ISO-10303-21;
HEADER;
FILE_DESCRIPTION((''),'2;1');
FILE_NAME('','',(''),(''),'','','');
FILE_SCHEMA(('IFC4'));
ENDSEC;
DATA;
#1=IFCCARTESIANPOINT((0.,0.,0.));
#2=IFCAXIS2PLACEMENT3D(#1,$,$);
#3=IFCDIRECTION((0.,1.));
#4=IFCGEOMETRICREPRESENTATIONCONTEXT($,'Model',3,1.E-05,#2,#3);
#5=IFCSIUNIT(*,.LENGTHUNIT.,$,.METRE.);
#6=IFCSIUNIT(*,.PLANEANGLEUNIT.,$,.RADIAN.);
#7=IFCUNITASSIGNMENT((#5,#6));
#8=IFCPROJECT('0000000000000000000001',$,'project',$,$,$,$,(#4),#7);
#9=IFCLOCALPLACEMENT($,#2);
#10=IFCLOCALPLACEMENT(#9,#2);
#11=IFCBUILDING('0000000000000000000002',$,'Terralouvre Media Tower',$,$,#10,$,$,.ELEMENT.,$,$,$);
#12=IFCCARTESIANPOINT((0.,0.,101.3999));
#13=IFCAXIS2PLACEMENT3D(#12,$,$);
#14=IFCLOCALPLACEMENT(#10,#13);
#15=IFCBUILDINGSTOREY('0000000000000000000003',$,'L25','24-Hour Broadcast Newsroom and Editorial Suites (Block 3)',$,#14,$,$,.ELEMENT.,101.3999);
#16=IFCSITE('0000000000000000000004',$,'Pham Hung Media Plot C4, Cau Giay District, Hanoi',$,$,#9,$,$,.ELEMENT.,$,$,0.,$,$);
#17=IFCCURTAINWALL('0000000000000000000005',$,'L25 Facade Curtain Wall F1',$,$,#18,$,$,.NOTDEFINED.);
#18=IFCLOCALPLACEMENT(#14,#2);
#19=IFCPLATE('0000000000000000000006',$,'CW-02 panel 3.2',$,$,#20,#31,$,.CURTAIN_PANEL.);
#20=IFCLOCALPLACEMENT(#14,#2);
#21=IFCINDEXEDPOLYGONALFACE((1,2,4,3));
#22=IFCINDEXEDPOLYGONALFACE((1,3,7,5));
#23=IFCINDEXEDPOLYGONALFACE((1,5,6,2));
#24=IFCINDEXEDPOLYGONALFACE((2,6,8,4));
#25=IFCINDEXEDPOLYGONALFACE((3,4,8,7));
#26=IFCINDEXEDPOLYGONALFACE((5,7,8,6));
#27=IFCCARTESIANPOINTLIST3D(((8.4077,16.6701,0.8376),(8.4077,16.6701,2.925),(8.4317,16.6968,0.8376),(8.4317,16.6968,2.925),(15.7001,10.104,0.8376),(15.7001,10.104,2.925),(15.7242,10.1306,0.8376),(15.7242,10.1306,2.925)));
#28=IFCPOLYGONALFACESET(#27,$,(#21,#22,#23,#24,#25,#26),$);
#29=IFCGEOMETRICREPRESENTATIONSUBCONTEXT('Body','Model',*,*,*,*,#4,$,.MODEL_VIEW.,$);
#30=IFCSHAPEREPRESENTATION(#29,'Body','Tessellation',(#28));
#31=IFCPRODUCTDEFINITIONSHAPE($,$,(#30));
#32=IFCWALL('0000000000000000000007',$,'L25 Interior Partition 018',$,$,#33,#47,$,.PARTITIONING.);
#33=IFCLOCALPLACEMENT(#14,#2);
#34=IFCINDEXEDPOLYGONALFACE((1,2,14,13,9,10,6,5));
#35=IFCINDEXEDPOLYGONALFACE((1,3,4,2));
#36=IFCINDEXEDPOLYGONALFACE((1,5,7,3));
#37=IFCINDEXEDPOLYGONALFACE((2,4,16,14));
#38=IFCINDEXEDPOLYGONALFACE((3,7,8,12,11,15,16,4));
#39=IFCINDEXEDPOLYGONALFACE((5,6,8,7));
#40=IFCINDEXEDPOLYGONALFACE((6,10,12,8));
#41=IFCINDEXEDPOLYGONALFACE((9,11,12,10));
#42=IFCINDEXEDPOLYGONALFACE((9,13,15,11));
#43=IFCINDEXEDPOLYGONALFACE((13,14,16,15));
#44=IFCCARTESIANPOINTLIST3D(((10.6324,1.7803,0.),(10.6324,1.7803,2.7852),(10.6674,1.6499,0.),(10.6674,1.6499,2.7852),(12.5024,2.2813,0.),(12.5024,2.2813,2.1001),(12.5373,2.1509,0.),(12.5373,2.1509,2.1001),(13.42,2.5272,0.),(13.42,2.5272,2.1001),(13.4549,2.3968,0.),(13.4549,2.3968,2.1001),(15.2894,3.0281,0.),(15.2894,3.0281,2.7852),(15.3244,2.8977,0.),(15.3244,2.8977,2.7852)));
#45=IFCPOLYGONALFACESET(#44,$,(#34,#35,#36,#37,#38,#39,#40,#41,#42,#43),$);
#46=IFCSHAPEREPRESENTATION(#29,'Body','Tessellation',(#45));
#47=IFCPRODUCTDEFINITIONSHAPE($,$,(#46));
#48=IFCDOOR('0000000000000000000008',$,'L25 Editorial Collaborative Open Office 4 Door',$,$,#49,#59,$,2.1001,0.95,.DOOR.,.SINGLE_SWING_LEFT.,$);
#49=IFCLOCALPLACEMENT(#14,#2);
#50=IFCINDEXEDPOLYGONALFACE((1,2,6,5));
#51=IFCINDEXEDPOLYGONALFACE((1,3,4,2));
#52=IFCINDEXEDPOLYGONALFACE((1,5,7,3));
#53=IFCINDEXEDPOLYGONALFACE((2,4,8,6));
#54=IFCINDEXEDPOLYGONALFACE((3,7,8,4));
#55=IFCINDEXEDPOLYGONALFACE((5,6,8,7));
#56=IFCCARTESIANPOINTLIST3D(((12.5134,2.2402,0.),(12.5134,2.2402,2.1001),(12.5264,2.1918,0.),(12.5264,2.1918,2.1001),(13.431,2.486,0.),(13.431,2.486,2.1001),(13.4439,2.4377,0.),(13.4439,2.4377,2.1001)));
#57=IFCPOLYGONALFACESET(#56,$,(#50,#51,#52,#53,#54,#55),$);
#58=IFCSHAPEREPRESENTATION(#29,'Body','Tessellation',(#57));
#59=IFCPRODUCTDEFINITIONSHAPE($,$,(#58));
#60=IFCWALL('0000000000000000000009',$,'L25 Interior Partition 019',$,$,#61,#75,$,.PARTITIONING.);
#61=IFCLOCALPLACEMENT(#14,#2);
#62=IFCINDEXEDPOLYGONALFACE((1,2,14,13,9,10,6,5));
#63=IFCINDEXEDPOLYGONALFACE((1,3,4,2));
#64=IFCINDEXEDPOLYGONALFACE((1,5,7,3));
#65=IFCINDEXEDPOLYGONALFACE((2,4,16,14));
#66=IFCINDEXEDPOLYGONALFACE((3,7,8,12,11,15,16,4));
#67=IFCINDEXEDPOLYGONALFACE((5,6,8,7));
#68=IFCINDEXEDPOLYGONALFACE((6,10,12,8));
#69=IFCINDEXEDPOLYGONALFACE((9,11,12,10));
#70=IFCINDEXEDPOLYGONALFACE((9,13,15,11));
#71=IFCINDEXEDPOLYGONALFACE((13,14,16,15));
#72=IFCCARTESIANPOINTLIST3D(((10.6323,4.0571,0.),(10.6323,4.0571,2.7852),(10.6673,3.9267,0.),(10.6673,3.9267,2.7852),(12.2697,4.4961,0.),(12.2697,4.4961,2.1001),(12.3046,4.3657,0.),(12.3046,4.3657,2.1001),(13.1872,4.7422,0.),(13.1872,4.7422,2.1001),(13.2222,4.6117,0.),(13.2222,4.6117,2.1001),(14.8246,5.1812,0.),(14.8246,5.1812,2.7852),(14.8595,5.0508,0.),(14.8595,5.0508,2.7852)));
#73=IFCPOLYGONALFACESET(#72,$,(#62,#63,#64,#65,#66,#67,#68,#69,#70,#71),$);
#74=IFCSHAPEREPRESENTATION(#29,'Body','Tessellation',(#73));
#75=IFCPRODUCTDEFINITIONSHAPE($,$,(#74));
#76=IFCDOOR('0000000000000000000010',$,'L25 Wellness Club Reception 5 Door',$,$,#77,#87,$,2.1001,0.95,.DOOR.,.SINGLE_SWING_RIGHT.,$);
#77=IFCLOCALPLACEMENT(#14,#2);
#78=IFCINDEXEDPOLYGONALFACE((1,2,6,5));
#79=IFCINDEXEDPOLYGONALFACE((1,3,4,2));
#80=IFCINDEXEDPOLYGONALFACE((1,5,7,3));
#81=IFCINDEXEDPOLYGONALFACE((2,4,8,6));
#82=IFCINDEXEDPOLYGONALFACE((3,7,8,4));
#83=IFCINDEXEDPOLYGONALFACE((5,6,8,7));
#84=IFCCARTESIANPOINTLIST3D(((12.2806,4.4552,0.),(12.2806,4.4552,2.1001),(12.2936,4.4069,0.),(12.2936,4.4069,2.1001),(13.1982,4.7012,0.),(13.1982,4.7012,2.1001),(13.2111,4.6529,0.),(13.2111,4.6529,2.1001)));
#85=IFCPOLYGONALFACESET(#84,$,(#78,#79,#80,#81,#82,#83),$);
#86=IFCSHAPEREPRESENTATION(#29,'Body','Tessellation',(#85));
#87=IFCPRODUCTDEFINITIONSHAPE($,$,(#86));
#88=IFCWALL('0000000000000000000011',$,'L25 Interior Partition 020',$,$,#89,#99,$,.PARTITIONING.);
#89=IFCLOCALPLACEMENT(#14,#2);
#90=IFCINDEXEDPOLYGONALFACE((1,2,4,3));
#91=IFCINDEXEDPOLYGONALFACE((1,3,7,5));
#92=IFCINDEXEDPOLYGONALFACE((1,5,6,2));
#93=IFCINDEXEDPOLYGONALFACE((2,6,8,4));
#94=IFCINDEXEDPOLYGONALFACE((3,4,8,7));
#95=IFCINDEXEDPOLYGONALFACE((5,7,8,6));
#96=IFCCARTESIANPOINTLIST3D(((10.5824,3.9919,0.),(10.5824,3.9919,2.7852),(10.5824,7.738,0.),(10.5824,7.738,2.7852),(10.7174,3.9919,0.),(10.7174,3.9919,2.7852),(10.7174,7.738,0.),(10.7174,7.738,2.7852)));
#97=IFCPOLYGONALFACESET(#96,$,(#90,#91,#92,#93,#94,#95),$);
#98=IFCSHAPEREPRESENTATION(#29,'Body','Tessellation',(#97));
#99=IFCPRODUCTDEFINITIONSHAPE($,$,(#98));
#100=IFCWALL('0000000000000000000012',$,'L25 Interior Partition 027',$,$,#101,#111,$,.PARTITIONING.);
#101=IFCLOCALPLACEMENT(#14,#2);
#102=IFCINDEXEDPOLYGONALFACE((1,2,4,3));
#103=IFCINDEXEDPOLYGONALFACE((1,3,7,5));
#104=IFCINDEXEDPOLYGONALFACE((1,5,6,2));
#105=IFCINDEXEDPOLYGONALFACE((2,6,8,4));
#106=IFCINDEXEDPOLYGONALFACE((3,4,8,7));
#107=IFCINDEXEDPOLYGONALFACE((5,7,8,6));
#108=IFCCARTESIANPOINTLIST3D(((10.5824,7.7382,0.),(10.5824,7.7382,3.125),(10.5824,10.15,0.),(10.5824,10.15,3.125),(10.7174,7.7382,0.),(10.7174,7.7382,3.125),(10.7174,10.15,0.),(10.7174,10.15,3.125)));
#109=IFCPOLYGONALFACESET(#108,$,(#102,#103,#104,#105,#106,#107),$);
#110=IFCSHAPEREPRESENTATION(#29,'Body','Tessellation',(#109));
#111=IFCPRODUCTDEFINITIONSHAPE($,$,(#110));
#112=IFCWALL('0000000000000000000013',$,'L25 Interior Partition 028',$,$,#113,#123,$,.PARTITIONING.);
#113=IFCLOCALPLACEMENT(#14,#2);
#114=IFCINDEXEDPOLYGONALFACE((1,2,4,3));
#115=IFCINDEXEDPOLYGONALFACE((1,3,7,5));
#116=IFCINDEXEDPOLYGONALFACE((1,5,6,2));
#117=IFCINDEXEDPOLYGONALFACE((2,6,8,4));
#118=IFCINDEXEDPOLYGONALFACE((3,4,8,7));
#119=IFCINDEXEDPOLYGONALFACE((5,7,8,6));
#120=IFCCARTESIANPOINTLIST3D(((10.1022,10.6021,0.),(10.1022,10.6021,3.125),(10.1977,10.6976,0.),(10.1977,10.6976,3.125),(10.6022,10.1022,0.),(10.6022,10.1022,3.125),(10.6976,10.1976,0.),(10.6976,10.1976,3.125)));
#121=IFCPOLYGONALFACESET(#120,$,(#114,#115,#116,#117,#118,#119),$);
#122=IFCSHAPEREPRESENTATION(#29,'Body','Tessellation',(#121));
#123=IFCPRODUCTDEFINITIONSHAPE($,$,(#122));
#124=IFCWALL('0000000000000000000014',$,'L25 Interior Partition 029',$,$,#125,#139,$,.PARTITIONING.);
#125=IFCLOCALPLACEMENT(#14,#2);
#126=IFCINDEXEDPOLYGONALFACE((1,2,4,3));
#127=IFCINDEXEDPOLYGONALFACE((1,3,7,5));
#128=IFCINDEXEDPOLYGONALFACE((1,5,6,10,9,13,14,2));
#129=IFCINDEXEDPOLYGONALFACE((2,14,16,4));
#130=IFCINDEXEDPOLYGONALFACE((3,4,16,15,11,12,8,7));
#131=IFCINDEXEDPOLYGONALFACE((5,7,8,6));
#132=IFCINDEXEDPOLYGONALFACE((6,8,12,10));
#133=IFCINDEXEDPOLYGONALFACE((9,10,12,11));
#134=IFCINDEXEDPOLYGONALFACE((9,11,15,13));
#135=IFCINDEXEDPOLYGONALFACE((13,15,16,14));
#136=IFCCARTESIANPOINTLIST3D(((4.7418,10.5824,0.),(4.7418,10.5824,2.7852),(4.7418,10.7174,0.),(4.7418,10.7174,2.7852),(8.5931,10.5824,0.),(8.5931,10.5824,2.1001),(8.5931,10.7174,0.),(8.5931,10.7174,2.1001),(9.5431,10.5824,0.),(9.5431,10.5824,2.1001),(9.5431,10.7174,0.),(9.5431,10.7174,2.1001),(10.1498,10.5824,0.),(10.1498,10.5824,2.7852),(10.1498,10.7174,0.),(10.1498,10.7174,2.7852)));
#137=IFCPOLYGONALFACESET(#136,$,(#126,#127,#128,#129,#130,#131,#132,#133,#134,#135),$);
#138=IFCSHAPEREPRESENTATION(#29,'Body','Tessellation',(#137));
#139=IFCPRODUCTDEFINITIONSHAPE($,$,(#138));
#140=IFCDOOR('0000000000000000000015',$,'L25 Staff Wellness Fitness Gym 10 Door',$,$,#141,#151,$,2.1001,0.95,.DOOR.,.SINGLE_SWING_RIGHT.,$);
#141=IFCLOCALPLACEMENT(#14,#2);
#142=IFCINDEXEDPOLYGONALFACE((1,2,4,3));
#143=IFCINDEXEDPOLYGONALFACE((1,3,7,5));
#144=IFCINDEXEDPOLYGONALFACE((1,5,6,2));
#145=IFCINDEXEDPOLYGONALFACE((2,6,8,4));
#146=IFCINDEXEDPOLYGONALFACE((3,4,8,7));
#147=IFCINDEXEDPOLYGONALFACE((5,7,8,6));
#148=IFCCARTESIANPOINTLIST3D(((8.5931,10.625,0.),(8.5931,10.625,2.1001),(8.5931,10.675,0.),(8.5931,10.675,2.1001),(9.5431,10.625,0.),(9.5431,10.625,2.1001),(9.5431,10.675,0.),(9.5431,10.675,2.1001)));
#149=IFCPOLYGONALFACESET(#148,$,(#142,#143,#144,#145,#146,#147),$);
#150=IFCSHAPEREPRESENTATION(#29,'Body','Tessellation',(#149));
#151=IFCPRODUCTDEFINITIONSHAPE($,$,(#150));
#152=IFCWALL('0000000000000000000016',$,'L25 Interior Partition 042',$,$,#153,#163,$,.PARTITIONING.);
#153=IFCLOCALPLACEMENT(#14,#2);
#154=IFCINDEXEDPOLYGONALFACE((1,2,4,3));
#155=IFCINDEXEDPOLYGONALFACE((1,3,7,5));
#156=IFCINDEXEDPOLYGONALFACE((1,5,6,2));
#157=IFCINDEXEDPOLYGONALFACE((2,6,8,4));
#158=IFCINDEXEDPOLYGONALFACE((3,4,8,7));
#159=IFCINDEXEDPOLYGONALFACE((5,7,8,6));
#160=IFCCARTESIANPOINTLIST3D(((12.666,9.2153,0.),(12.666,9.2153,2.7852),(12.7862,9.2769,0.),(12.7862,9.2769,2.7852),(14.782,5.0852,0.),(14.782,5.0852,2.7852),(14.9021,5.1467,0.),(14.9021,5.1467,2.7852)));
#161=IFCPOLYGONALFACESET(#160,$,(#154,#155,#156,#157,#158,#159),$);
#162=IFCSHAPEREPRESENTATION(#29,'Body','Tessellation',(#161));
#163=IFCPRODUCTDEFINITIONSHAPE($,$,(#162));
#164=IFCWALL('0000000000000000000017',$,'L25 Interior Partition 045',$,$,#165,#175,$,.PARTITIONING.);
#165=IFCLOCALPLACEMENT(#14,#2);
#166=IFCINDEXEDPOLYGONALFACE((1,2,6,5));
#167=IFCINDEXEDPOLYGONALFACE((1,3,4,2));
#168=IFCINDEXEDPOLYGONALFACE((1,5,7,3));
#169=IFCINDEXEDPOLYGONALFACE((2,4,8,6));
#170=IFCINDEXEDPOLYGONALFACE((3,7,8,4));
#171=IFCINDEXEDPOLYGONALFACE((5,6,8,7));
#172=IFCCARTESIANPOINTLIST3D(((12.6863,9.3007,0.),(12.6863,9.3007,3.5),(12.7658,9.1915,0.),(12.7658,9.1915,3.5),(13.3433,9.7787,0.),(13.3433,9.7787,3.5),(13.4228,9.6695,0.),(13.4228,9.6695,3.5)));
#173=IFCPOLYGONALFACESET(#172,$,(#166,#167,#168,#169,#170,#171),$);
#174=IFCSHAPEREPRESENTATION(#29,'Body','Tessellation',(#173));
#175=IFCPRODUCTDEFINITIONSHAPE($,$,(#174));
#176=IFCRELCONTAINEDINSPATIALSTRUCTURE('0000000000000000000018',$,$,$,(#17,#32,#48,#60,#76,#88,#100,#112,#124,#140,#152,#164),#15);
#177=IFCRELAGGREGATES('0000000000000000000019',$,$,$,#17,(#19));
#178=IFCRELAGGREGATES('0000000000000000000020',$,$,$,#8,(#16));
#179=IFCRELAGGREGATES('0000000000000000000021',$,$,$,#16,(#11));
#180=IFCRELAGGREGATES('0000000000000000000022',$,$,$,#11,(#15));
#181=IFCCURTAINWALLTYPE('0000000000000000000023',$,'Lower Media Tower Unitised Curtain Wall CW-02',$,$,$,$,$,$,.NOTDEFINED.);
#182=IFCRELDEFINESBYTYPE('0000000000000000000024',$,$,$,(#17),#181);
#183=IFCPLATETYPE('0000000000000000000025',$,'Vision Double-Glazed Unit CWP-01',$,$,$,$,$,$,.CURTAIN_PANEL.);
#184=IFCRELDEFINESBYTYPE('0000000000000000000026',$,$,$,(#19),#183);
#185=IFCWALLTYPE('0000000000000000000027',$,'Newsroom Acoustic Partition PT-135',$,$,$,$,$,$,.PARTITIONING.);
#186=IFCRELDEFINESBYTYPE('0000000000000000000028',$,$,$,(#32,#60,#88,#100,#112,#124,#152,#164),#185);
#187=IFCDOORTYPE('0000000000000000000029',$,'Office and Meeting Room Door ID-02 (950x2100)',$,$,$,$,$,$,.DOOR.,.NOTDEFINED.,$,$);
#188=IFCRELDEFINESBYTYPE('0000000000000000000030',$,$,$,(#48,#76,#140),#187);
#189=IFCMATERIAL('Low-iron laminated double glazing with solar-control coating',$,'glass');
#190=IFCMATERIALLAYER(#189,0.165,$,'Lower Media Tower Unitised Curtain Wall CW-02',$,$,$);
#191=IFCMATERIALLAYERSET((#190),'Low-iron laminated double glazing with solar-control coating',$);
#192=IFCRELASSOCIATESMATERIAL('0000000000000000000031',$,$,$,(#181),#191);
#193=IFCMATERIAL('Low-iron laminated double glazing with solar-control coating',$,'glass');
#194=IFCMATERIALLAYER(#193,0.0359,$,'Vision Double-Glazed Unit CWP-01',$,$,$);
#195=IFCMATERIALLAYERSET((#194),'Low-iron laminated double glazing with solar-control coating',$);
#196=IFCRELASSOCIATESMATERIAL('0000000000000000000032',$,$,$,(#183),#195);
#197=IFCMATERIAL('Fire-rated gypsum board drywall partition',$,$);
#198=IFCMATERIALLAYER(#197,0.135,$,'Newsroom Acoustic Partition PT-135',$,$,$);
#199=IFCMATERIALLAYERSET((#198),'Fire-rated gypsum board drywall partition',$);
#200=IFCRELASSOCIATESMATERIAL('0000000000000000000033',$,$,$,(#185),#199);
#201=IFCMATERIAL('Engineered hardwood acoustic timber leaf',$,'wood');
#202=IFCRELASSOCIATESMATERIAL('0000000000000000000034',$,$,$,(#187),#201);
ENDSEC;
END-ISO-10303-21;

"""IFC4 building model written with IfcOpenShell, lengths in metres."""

from ifc_helpers import new_model, si_unit, direction, frame, frame_2d, origin, origin_2d, place, context, subcontext, project, spatial, rectangle, extrude, material, layer, layer_set, type_object, element, fill, aggregate, save


model = new_model("IFC4")

# Units and contexts
model_context = context("Model", 3, precision=1e-05, world=origin(), true_north=direction((0.0, 1.0)))
body_context = subcontext(model_context, "Body", "Model", "MODEL_VIEW")
ifc_project = project(units=[si_unit("LENGTHUNIT", "METRE"), si_unit("PLANEANGLEUNIT", "RADIAN")], contexts=[model_context])

# Site, building, storey
site_placement = place(None, origin())
site = spatial("IfcSite", under=ifc_project, at=site_placement, Name="Pham Hung Media Plot C4, Cau Giay District, Hanoi", CompositionType="ELEMENT", RefElevation=0.0)
building_placement = place(site_placement, origin())
building = spatial("IfcBuilding", under=site, at=building_placement, Name="Terralouvre Media Tower", CompositionType="ELEMENT")
storey_placement = place(building_placement, frame((0.0, 0.0, 101.3999)))
storey = spatial("IfcBuildingStorey", under=building, at=storey_placement, Name="L25", Description="24-Hour Broadcast Newsroom and Editorial Suites (Block 3)", CompositionType="ELEMENT", Elevation=101.3999)

# Curtain wall
ifc_material_1 = material(Name="Low-iron laminated double glazing with solar-control coating", Category="glass")
ifc_layer_1 = layer(ifc_material_1, 0.165, Name="Lower Media Tower Unitised Curtain Wall CW-02")
ifc_layer_set_1 = layer_set([ifc_layer_1], Name="Low-iron laminated double glazing with solar-control coating")
curtain_wall_type = type_object("IfcCurtainWallType", Name="Lower Media Tower Unitised Curtain Wall CW-02", PredefinedType="NOTDEFINED", material=ifc_layer_set_1)
curtain_wall_placement = place(storey_placement, origin())
curtain_wall = element("IfcCurtainWall", 1, at=curtain_wall_placement, inside=storey, type_object=curtain_wall_type, Name="L25 Facade Curtain Wall F1", PredefinedType="NOTDEFINED")

# Plate
ifc_material_2 = material(Name="Low-iron laminated double glazing with solar-control coating", Category="glass")
ifc_layer_2 = layer(ifc_material_2, 0.0359, Name="Vision Double-Glazed Unit CWP-01")
ifc_layer_set_2 = layer_set([ifc_layer_2], Name="Low-iron laminated double glazing with solar-control coating")
plate_type = type_object("IfcPlateType", Name="Vision Double-Glazed Unit CWP-01", PredefinedType="CURTAIN_PANEL", material=ifc_layer_set_2)
plate_1_placement = place(storey_placement, frame((12.0659, 13.4004, 0.8376), z_axis=(0.0, 0.0, 1.0), x_axis=(-0.743145, 0.669131, 0.0)))
plate_1 = element("IfcPlate", 2, at=plate_1_placement, type_object=plate_type, Name="CW-02 panel 3.2", PredefinedType="CURTAIN_PANEL", context=body_context, shape_type="SweptSolid", body=[
    extrude(rectangle(XDim=9.813, YDim=0.0359, at=origin_2d()), origin(), (0.0, 0.0, 1.0), 2.0874),
])
aggregate(curtain_wall, [plate_1])

# Walls, openings, doors
ifc_material_3 = material(Name="Fire-rated gypsum board drywall partition")
ifc_layer_3 = layer(ifc_material_3, 0.135, Name="Newsroom Acoustic Partition PT-135")
ifc_layer_set_3 = layer_set([ifc_layer_3], Name="Fire-rated gypsum board drywall partition")
wall_type = type_object("IfcWallType", Name="Newsroom Acoustic Partition PT-135", PredefinedType="PARTITIONING", material=ifc_layer_set_3)
wall_1_placement = place(storey_placement, frame((10.6499, 1.7151, 0.0), z_axis=(0.0, 0.0, 1.0), x_axis=(0.965927, 0.258813, 0.0)))
wall_1 = element("IfcWall", 3, at=wall_1_placement, inside=storey, type_object=wall_type, Name="L25 Interior Partition 018", PredefinedType="PARTITIONING", context=body_context, shape_type="SweptSolid", body=[
    extrude(rectangle(XDim=4.8213, YDim=0.135, at=frame_2d((2.4106, 0.0))), origin(), (0.0, 0.0, 1.0), 2.7852),
])
opening_1_placement = place(wall_1_placement, frame((1.9358, 0.0, 0.0)))
opening_1 = element("IfcOpeningElement", 4, at=opening_1_placement, cuts=wall_1, PredefinedType="OPENING", context=body_context, shape_type="SweptSolid", body=[
    extrude(rectangle(XDim=0.95, YDim=2.1001, at=frame_2d((0.4751, 1.05))), frame((0.0, 0.0774, 0.0), z_axis=(0.0, -1.0, 0.0), x_axis=(1.0, 0.0, 0.0)), (0.0, 0.0, 1.0), 0.155),
])
ifc_material_4 = material(Name="Engineered hardwood acoustic timber leaf", Category="wood")
door_type = type_object("IfcDoorType", Name="Office and Meeting Room Door ID-02 (950x2100)", OperationType="NOTDEFINED", PredefinedType="DOOR", material=ifc_material_4)
door_1_placement = place(opening_1_placement, origin())
door_1 = element("IfcDoor", 5, at=door_1_placement, inside=storey, type_object=door_type, Name="L25 Editorial Collaborative Open Office 4 Door", OperationType="SINGLE_SWING_LEFT", OverallHeight=2.1001, OverallWidth=0.95, PredefinedType="DOOR", context=body_context, shape_type="SweptSolid", body=[
    extrude(rectangle(XDim=0.95, YDim=2.1001, at=frame_2d((0.4751, 1.05))), frame((0.0, 0.0249, 0.0), z_axis=(0.0, -1.0, 0.0), x_axis=(1.0, 0.0, 0.0)), (0.0, 0.0, 1.0), 0.05),
])
fill(opening_1, door_1)
wall_2_placement = place(storey_placement, frame((14.842, 5.116, 0.0), z_axis=(0.0, 0.0, 1.0), x_axis=(-0.965883, -0.258979, 0.0)))
wall_2 = element("IfcWall", 6, at=wall_2_placement, inside=storey, type_object=wall_type, Name="L25 Interior Partition 019", PredefinedType="PARTITIONING", context=body_context, shape_type="SweptSolid", body=[
    extrude(rectangle(XDim=4.3403, YDim=0.135, at=frame_2d((2.1702, 0.0))), origin(), (0.0, 0.0, 1.0), 2.7852),
])
opening_2_placement = place(wall_2_placement, frame((1.6951, 0.0, 0.0)))
opening_2 = element("IfcOpeningElement", 7, at=opening_2_placement, cuts=wall_2, PredefinedType="OPENING", context=body_context, shape_type="SweptSolid", body=[
    extrude(rectangle(XDim=0.95, YDim=2.1001, at=frame_2d((0.4751, 1.05))), frame((0.0, 0.0774, 0.0), z_axis=(0.0, -1.0, 0.0), x_axis=(1.0, 0.0, 0.0)), (0.0, 0.0, 1.0), 0.155),
])
door_2_placement = place(opening_2_placement, origin())
door_2 = element("IfcDoor", 8, at=door_2_placement, inside=storey, type_object=door_type, Name="L25 Wellness Club Reception 5 Door", OperationType="SINGLE_SWING_RIGHT", OverallHeight=2.1001, OverallWidth=0.95, PredefinedType="DOOR", context=body_context, shape_type="SweptSolid", body=[
    extrude(rectangle(XDim=0.95, YDim=2.1001, at=frame_2d((0.4751, 1.05))), frame((0.0, 0.0249, 0.0), z_axis=(0.0, -1.0, 0.0), x_axis=(1.0, 0.0, 0.0)), (0.0, 0.0, 1.0), 0.05),
])
fill(opening_2, door_2)

# Walls
wall_3_placement = place(storey_placement, frame((10.6499, 3.9919, 0.0), z_axis=(0.0, 0.0, 1.0), x_axis=(0.0, 1.0, 0.0)))
element("IfcWall", 9, at=wall_3_placement, inside=storey, type_object=wall_type, Name="L25 Interior Partition 020", PredefinedType="PARTITIONING", context=body_context, shape_type="SweptSolid", body=[
    extrude(rectangle(XDim=3.7461, YDim=0.135, at=frame_2d((1.873, 0.0))), origin(), (0.0, 0.0, 1.0), 2.7852),
])
wall_4_placement = place(storey_placement, frame((10.6499, 7.738, 0.0), z_axis=(0.0, 0.0, 1.0), x_axis=(0.0, 1.0, 0.0)))
element("IfcWall", 10, at=wall_4_placement, inside=storey, type_object=wall_type, Name="L25 Interior Partition 027", PredefinedType="PARTITIONING", context=body_context, shape_type="SweptSolid", body=[
    extrude(rectangle(XDim=2.4119, YDim=0.135, at=frame_2d((1.2061, 0.0))), origin(), (0.0, 0.0, 1.0), 3.125),
])
wall_5_placement = place(storey_placement, frame((10.6499, 10.1499, 0.0), z_axis=(0.0, 0.0, 1.0), x_axis=(-0.707107, 0.707107, 0.0)))
element("IfcWall", 11, at=wall_5_placement, inside=storey, type_object=wall_type, Name="L25 Interior Partition 028", PredefinedType="PARTITIONING", context=body_context, shape_type="SweptSolid", body=[
    extrude(rectangle(XDim=0.707, YDim=0.135, at=frame_2d((0.3535, 0.0))), origin(), (0.0, 0.0, 1.0), 3.125),
])

# Wall, opening, door
wall_6_placement = place(storey_placement, frame((10.1499, 10.6499, 0.0), z_axis=(0.0, 0.0, 1.0), x_axis=(-1.0, 0.0, 0.0)))
wall_6 = element("IfcWall", 12, at=wall_6_placement, inside=storey, type_object=wall_type, Name="L25 Interior Partition 029", PredefinedType="PARTITIONING", context=body_context, shape_type="SweptSolid", body=[
    extrude(rectangle(XDim=5.408, YDim=0.135, at=frame_2d((2.7041, 0.0))), origin(), (0.0, 0.0, 1.0), 2.7852),
])
opening_3_placement = place(wall_6_placement, frame((0.6067, 0.0, 0.0)))
opening_3 = element("IfcOpeningElement", 13, at=opening_3_placement, cuts=wall_6, PredefinedType="OPENING", context=body_context, shape_type="SweptSolid", body=[
    extrude(rectangle(XDim=0.95, YDim=2.1001, at=frame_2d((0.4751, 1.05))), frame((0.0, 0.0774, 0.0), z_axis=(0.0, -1.0, 0.0), x_axis=(1.0, 0.0, 0.0)), (0.0, 0.0, 1.0), 0.155),
])
door_3_placement = place(opening_3_placement, origin())
door_3 = element("IfcDoor", 14, at=door_3_placement, inside=storey, type_object=door_type, Name="L25 Staff Wellness Fitness Gym 10 Door", OperationType="SINGLE_SWING_RIGHT", OverallHeight=2.1001, OverallWidth=0.95, PredefinedType="DOOR", context=body_context, shape_type="SweptSolid", body=[
    extrude(rectangle(XDim=0.95, YDim=2.1001, at=frame_2d((0.4751, 1.05))), frame((0.0, 0.0249, 0.0), z_axis=(0.0, -1.0, 0.0), x_axis=(1.0, 0.0, 0.0)), (0.0, 0.0, 1.0), 0.05),
])
fill(opening_3, door_3)

# Walls
wall_7_placement = place(storey_placement, frame((12.7261, 9.2461, 0.0), z_axis=(0.0, 0.0, 1.0), x_axis=(0.455967, -0.889997, 0.0)))
element("IfcWall", 15, at=wall_7_placement, inside=storey, type_object=wall_type, Name="L25 Interior Partition 042", PredefinedType="PARTITIONING", context=body_context, shape_type="SweptSolid", body=[
    extrude(rectangle(XDim=4.6406, YDim=0.135, at=frame_2d((2.3203, 0.0))), origin(), (0.0, 0.0, 1.0), 2.7852),
])
wall_8_placement = place(storey_placement, frame((13.3831, 9.7241, 0.0), z_axis=(0.0, 0.0, 1.0), x_axis=(-0.808606, -0.58835, 0.0)))
element("IfcWall", 16, at=wall_8_placement, inside=storey, type_object=wall_type, Name="L25 Interior Partition 045", PredefinedType="PARTITIONING", context=body_context, shape_type="SweptSolid", body=[
    extrude(rectangle(XDim=0.8125, YDim=0.135, at=frame_2d((0.4062, 0.0))), origin(), (0.0, 0.0, 1.0), 3.5),
])

save(model, "model.ifc")
